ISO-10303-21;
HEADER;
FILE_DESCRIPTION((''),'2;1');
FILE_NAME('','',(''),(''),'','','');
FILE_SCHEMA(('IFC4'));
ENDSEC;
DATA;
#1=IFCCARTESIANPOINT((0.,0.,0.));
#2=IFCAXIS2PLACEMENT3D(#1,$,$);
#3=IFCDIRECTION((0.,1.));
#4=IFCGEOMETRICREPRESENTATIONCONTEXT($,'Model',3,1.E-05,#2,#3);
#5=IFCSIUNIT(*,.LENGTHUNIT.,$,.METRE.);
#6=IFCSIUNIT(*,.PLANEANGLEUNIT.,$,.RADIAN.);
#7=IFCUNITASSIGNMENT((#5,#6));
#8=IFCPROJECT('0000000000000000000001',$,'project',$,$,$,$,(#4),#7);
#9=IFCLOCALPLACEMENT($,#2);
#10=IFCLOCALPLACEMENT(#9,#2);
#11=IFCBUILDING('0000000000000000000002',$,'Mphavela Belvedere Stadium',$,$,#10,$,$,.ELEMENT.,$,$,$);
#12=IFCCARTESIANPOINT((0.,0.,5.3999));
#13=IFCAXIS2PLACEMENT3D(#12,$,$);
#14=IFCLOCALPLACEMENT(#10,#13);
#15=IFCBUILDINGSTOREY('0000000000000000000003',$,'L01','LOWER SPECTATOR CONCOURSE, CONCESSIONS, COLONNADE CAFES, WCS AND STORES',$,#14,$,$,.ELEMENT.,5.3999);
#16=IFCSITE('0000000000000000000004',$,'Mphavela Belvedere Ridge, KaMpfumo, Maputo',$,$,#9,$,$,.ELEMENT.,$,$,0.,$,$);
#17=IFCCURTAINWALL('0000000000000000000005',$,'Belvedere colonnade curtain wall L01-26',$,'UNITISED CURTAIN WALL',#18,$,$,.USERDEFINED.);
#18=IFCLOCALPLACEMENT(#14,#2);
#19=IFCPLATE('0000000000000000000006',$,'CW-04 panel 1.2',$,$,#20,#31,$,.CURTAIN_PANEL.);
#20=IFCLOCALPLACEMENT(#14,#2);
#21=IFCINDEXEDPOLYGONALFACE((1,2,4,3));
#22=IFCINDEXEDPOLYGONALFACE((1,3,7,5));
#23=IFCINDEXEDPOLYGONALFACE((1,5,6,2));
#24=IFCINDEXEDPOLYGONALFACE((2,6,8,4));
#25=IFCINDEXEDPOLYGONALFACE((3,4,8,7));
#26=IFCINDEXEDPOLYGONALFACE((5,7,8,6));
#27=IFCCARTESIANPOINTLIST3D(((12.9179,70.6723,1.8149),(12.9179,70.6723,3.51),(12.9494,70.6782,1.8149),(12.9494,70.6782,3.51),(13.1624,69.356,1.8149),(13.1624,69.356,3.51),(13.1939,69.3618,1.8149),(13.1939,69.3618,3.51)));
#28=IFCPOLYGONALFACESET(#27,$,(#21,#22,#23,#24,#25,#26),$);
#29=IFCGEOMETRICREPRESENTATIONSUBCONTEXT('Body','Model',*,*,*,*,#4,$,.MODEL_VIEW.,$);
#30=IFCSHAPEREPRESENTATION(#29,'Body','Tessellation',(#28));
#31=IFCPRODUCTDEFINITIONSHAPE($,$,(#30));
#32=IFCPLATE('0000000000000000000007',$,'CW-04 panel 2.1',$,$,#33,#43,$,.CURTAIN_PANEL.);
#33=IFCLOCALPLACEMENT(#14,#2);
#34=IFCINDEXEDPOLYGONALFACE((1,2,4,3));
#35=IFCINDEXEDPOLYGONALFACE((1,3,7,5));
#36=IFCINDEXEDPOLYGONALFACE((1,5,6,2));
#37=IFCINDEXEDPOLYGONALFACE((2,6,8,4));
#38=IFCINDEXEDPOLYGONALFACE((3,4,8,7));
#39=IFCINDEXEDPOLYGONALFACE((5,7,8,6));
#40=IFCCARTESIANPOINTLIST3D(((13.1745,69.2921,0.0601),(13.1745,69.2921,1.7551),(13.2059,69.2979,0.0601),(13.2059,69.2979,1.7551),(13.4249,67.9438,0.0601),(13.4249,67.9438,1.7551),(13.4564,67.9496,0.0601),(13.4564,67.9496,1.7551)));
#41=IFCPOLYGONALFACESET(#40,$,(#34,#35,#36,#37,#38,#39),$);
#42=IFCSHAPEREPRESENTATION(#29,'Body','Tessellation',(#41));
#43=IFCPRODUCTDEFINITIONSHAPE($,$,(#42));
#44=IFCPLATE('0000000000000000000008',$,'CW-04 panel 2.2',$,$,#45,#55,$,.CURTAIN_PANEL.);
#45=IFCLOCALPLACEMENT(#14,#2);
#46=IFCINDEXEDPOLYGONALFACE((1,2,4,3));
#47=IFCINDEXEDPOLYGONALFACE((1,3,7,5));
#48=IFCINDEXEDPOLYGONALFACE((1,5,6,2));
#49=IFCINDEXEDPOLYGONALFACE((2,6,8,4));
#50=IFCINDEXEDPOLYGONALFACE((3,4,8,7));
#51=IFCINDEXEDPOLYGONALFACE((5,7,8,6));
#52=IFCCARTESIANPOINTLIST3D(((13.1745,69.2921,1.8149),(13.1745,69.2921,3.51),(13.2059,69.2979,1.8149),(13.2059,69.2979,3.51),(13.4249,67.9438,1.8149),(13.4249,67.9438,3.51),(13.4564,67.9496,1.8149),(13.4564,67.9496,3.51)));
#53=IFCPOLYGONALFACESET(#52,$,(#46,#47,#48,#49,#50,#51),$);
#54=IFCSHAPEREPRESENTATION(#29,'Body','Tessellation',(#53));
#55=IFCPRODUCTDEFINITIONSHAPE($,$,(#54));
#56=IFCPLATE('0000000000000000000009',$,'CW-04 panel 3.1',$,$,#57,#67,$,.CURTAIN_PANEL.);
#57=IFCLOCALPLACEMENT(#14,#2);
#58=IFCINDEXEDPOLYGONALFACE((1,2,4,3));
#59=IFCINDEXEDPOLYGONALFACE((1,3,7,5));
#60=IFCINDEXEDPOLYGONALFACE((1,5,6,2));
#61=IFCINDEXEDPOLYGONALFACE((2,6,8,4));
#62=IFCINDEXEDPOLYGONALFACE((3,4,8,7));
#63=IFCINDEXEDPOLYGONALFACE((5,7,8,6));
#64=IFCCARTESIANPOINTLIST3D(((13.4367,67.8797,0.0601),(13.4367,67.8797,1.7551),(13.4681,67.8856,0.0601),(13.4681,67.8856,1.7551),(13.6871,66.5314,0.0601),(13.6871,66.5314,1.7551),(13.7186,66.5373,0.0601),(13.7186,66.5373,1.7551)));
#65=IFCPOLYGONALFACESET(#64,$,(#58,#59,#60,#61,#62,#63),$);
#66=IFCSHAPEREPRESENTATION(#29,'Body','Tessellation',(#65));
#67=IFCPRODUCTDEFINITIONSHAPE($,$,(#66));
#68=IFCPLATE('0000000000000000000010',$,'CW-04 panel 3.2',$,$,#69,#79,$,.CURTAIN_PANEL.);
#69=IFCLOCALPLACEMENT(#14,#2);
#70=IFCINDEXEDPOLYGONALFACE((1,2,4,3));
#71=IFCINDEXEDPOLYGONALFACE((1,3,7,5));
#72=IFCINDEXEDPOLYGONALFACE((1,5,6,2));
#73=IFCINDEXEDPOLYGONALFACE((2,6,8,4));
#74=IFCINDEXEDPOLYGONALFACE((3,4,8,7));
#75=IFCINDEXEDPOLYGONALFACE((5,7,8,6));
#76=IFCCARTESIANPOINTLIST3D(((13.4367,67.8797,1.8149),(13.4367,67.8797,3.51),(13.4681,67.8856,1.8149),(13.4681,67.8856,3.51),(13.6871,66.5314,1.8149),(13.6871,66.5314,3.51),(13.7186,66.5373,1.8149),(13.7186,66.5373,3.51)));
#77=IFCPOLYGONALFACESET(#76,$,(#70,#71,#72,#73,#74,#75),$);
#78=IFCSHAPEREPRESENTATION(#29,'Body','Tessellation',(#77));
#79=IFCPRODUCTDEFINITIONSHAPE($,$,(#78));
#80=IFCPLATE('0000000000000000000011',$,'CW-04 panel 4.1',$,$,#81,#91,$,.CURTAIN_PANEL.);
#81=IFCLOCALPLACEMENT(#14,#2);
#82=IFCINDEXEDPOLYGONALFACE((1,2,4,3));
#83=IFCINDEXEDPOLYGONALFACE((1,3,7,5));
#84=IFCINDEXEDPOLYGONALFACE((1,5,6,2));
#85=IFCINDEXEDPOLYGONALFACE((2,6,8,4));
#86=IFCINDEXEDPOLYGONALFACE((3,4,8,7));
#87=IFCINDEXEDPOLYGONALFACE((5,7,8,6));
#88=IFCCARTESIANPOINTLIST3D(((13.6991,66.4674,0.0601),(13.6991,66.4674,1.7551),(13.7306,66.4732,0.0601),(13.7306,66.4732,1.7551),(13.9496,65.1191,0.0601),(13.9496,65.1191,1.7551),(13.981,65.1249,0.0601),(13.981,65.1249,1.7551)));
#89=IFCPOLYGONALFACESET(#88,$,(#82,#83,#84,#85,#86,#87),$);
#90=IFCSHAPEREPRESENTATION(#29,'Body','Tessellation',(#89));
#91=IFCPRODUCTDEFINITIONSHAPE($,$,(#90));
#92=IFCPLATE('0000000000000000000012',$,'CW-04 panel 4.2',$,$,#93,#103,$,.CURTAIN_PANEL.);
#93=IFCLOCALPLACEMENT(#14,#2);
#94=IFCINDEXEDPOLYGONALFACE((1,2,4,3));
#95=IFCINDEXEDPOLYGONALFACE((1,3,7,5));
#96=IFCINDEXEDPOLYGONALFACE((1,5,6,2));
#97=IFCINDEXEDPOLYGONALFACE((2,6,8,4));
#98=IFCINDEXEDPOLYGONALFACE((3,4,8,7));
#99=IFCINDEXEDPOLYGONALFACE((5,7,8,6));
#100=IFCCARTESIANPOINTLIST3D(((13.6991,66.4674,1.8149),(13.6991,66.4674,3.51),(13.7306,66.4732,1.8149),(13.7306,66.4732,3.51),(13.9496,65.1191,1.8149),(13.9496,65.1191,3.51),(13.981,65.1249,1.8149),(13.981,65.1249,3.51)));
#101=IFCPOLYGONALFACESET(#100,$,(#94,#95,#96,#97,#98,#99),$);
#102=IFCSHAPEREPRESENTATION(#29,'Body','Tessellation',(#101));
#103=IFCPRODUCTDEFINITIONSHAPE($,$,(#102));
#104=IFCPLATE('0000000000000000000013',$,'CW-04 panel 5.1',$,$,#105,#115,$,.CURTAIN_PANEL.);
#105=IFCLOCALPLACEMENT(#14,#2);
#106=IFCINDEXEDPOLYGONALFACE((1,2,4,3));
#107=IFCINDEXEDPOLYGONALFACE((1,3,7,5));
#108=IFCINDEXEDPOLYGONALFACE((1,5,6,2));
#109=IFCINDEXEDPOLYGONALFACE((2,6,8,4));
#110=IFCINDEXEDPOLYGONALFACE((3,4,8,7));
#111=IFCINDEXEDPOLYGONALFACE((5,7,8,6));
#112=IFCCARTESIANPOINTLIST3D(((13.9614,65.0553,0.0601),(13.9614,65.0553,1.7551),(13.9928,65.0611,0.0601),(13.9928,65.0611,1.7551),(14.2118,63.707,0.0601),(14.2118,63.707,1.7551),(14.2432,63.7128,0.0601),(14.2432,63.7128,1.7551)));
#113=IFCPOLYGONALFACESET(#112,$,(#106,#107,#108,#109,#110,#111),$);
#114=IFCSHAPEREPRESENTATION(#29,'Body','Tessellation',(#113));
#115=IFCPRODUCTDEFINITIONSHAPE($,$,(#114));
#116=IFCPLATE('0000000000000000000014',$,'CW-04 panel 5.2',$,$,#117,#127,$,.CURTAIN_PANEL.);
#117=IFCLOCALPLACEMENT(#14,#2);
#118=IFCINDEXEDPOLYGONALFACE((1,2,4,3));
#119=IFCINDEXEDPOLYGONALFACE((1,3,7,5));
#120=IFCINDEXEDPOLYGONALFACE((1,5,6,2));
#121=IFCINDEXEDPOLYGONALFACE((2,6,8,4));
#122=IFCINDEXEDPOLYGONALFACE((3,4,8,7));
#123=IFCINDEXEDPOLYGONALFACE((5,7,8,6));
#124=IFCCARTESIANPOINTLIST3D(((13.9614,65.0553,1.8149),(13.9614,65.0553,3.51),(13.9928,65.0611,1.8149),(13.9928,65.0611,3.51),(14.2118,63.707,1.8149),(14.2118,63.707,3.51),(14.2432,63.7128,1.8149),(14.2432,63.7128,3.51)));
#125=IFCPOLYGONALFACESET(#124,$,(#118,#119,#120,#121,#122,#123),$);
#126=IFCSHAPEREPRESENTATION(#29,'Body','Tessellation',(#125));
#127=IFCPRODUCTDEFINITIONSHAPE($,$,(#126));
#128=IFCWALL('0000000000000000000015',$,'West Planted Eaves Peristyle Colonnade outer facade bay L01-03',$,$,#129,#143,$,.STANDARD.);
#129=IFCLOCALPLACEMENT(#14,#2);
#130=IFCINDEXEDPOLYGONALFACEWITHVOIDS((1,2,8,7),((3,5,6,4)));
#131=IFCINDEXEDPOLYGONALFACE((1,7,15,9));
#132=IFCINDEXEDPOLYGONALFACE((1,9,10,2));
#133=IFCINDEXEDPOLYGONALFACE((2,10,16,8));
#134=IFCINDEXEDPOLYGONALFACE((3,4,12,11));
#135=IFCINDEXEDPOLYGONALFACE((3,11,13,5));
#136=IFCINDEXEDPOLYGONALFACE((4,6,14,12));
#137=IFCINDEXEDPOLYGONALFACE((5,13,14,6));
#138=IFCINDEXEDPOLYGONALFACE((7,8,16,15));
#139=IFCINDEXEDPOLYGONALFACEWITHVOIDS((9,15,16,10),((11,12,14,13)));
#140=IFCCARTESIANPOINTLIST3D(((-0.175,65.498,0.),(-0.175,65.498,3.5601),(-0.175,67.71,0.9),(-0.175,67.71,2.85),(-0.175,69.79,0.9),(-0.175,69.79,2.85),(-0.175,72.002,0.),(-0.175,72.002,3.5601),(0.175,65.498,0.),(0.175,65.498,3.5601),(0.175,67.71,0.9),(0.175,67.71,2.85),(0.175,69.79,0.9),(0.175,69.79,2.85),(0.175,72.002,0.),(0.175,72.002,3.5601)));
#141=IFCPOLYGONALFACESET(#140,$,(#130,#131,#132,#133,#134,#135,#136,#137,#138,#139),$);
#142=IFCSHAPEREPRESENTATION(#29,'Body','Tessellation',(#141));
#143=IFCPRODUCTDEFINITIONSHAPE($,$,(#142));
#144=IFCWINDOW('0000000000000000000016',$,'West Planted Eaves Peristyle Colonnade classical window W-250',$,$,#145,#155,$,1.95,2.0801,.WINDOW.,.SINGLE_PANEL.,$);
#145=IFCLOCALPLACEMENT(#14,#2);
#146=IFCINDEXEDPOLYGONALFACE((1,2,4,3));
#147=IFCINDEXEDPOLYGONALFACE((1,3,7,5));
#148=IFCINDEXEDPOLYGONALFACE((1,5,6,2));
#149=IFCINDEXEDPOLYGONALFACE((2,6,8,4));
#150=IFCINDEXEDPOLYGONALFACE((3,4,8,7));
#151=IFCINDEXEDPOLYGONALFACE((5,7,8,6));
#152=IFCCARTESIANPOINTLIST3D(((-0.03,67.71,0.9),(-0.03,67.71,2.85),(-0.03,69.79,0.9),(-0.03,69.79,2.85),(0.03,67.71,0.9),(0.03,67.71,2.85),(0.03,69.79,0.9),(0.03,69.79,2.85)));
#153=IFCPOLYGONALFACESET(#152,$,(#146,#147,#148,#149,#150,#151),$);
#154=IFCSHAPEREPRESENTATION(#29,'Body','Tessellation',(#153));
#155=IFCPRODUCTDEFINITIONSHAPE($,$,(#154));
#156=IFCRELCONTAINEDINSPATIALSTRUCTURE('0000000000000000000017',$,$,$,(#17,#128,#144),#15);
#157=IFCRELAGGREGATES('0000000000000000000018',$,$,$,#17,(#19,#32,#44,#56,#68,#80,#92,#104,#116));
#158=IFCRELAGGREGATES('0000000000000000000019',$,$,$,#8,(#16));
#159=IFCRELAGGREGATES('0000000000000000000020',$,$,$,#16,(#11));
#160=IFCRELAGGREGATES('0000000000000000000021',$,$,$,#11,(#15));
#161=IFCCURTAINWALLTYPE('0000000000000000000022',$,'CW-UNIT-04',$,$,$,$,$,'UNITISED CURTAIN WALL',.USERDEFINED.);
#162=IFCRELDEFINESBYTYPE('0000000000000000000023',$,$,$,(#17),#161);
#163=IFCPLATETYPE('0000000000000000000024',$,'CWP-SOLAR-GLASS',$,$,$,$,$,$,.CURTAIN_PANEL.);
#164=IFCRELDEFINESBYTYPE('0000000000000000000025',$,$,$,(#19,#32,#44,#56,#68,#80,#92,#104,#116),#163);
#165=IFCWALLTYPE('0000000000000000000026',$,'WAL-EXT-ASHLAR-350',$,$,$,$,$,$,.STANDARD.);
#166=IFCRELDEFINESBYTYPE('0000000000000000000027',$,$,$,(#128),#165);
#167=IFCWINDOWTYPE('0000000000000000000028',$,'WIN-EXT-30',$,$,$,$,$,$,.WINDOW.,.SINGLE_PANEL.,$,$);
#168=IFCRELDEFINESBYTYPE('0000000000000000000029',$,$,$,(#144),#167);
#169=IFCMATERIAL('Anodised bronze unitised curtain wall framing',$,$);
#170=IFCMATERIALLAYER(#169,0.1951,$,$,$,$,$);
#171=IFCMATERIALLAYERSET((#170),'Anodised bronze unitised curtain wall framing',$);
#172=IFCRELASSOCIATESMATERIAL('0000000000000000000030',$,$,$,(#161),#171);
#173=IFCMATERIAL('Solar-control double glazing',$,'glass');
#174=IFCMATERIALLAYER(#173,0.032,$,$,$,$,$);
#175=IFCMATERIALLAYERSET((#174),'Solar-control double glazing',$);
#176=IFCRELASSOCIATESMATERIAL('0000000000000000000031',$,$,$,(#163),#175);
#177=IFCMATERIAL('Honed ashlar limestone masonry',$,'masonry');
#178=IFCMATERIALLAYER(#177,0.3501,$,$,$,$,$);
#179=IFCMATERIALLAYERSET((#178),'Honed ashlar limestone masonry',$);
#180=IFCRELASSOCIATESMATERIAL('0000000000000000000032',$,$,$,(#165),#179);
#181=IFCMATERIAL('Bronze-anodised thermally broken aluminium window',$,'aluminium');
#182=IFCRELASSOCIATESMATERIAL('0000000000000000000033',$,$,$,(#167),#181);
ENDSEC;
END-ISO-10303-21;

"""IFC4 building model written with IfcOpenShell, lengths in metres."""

from ifc_helpers import new_model, si_unit, direction, frame, frame_2d, origin, origin_2d, place, context, subcontext, project, spatial, rectangle, extrude, material, layer, layer_set, type_object, element, fill, aggregate, save


model = new_model("IFC4")

# Units and contexts
model_context = context("Model", 3, precision=1e-05, world=origin(), true_north=direction((0.0, 1.0)))
body_context = subcontext(model_context, "Body", "Model", "MODEL_VIEW")
ifc_project = project(units=[si_unit("LENGTHUNIT", "METRE"), si_unit("PLANEANGLEUNIT", "RADIAN")], contexts=[model_context])

# Site, building, storey
site_placement = place(None, origin())
site = spatial("IfcSite", under=ifc_project, at=site_placement, Name="Mphavela Belvedere Ridge, KaMpfumo, Maputo", CompositionType="ELEMENT", RefElevation=0.0)
building_placement = place(site_placement, origin())
building = spatial("IfcBuilding", under=site, at=building_placement, Name="Mphavela Belvedere Stadium", CompositionType="ELEMENT")
storey_placement = place(building_placement, frame((0.0, 0.0, 5.3999)))
storey = spatial("IfcBuildingStorey", under=building, at=storey_placement, Name="L01", Description="LOWER SPECTATOR CONCOURSE, CONCESSIONS, COLONNADE CAFES, WCS AND STORES", CompositionType="ELEMENT", Elevation=5.3999)

# Curtain wall, plates
ifc_material_1 = material(Name="Anodised bronze unitised curtain wall framing")
ifc_layer_1 = layer(ifc_material_1, 0.1951)
ifc_layer_set_1 = layer_set([ifc_layer_1], Name="Anodised bronze unitised curtain wall framing")
curtain_wall_type = type_object("IfcCurtainWallType", Name="CW-UNIT-04", ElementType="UNITISED CURTAIN WALL", PredefinedType="USERDEFINED", material=ifc_layer_set_1)
curtain_wall_placement = place(storey_placement, origin())
curtain_wall = element("IfcCurtainWall", 1, at=curtain_wall_placement, inside=storey, type_object=curtain_wall_type, Name="Belvedere colonnade curtain wall L01-26", ObjectType="UNITISED CURTAIN WALL", PredefinedType="USERDEFINED")
ifc_material_2 = material(Name="Solar-control double glazing", Category="glass")
ifc_layer_2 = layer(ifc_material_2, 0.032)
ifc_layer_set_2 = layer_set([ifc_layer_2], Name="Solar-control double glazing")
plate_type = type_object("IfcPlateType", Name="CWP-SOLAR-GLASS", PredefinedType="CURTAIN_PANEL", material=ifc_layer_set_2)
plate_1_placement = place(storey_placement, frame((13.0559, 70.0171, 1.8149), z_axis=(0.0, 0.0, 1.0), x_axis=(0.18262, -0.983184, 0.0)))
plate_1 = element("IfcPlate", 2, at=plate_1_placement, type_object=plate_type, Name="CW-04 panel 1.2", PredefinedType="CURTAIN_PANEL", context=body_context, shape_type="SweptSolid", body=[
    extrude(rectangle(XDim=1.3389, YDim=0.032, at=origin_2d()), origin(), (0.0, 0.0, 1.0), 1.6951),
])
plate_2_placement = place(storey_placement, frame((13.3154, 68.6208, 0.0601), z_axis=(0.0, 0.0, 1.0), x_axis=(0.18262, -0.983184, 0.0)))
plate_2 = element("IfcPlate", 3, at=plate_2_placement, type_object=plate_type, Name="CW-04 panel 2.1", PredefinedType="CURTAIN_PANEL", context=body_context, shape_type="SweptSolid", body=[
    extrude(rectangle(XDim=1.3713, YDim=0.032, at=origin_2d()), origin(), (0.0, 0.0, 1.0), 1.6951),
])
plate_3_placement = place(storey_placement, frame((13.3154, 68.6208, 1.8149), z_axis=(0.0, 0.0, 1.0), x_axis=(0.18262, -0.983184, 0.0)))
plate_3 = element("IfcPlate", 4, at=plate_3_placement, type_object=plate_type, Name="CW-04 panel 2.2", PredefinedType="CURTAIN_PANEL", context=body_context, shape_type="SweptSolid", body=[
    extrude(rectangle(XDim=1.3713, YDim=0.032, at=origin_2d()), origin(), (0.0, 0.0, 1.0), 1.6951),
])
plate_4_placement = place(storey_placement, frame((13.5776, 67.2085, 0.0601), z_axis=(0.0, 0.0, 1.0), x_axis=(0.18262, -0.983184, 0.0)))
plate_4 = element("IfcPlate", 5, at=plate_4_placement, type_object=plate_type, Name="CW-04 panel 3.1", PredefinedType="CURTAIN_PANEL", context=body_context, shape_type="SweptSolid", body=[
    extrude(rectangle(XDim=1.3713, YDim=0.032, at=origin_2d()), origin(), (0.0, 0.0, 1.0), 1.6951),
])
plate_5_placement = place(storey_placement, frame((13.5776, 67.2085, 1.8149), z_axis=(0.0, 0.0, 1.0), x_axis=(0.18262, -0.983184, 0.0)))
plate_5 = element("IfcPlate", 6, at=plate_5_placement, type_object=plate_type, Name="CW-04 panel 3.2", PredefinedType="CURTAIN_PANEL", context=body_context, shape_type="SweptSolid", body=[
    extrude(rectangle(XDim=1.3713, YDim=0.032, at=origin_2d()), origin(), (0.0, 0.0, 1.0), 1.6951),
])
plate_6_placement = place(storey_placement, frame((13.8401, 65.7961, 0.0601), z_axis=(0.0, 0.0, 1.0), x_axis=(0.18262, -0.983184, 0.0)))
plate_6 = element("IfcPlate", 7, at=plate_6_placement, type_object=plate_type, Name="CW-04 panel 4.1", PredefinedType="CURTAIN_PANEL", context=body_context, shape_type="SweptSolid", body=[
    extrude(rectangle(XDim=1.3713, YDim=0.032, at=origin_2d()), origin(), (0.0, 0.0, 1.0), 1.6951),
])
plate_7_placement = place(storey_placement, frame((13.8401, 65.7961, 1.8149), z_axis=(0.0, 0.0, 1.0), x_axis=(0.18262, -0.983184, 0.0)))
plate_7 = element("IfcPlate", 8, at=plate_7_placement, type_object=plate_type, Name="CW-04 panel 4.2", PredefinedType="CURTAIN_PANEL", context=body_context, shape_type="SweptSolid", body=[
    extrude(rectangle(XDim=1.3713, YDim=0.032, at=origin_2d()), origin(), (0.0, 0.0, 1.0), 1.6951),
])
plate_8_placement = place(storey_placement, frame((14.1023, 64.384, 0.0601), z_axis=(0.0, 0.0, 1.0), x_axis=(0.18262, -0.983184, 0.0)))
plate_8 = element("IfcPlate", 9, at=plate_8_placement, type_object=plate_type, Name="CW-04 panel 5.1", PredefinedType="CURTAIN_PANEL", context=body_context, shape_type="SweptSolid", body=[
    extrude(rectangle(XDim=1.3713, YDim=0.032, at=origin_2d()), origin(), (0.0, 0.0, 1.0), 1.6951),
])
plate_9_placement = place(storey_placement, frame((14.1023, 64.384, 1.8149), z_axis=(0.0, 0.0, 1.0), x_axis=(0.18262, -0.983184, 0.0)))
plate_9 = element("IfcPlate", 10, at=plate_9_placement, type_object=plate_type, Name="CW-04 panel 5.2", PredefinedType="CURTAIN_PANEL", context=body_context, shape_type="SweptSolid", body=[
    extrude(rectangle(XDim=1.3713, YDim=0.032, at=origin_2d()), origin(), (0.0, 0.0, 1.0), 1.6951),
])
aggregate(curtain_wall, [plate_1, plate_2, plate_3, plate_4, plate_5, plate_6, plate_7, plate_8, plate_9])

# Wall, opening, window
ifc_material_3 = material(Name="Honed ashlar limestone masonry", Category="masonry")
ifc_layer_3 = layer(ifc_material_3, 0.3501)
ifc_layer_set_3 = layer_set([ifc_layer_3], Name="Honed ashlar limestone masonry")
wall_type = type_object("IfcWallType", Name="WAL-EXT-ASHLAR-350", PredefinedType="STANDARD", material=ifc_layer_set_3)
wall_placement = place(storey_placement, frame((0.0, 65.498, 0.0), z_axis=(0.0, 0.0, 1.0), x_axis=(0.0, 1.0, 0.0)))
wall = element("IfcWall", 11, at=wall_placement, inside=storey, type_object=wall_type, Name="West Planted Eaves Peristyle Colonnade outer facade bay L01-03", PredefinedType="STANDARD", context=body_context, shape_type="SweptSolid", body=[
    extrude(rectangle(XDim=6.5039, YDim=0.3501, at=frame_2d((3.252, 0.0))), origin(), (0.0, 0.0, 1.0), 3.5601),
])
opening_placement = place(wall_placement, frame((2.2119, 0.0, 0.8999)))
opening = element("IfcOpeningElement", 12, at=opening_placement, cuts=wall, PredefinedType="OPENING", context=body_context, shape_type="SweptSolid", body=[
    extrude(rectangle(XDim=2.0801, YDim=1.95, at=frame_2d((1.04, 0.9751))), frame((0.0, 0.1851, 0.0), z_axis=(0.0, -1.0, 0.0), x_axis=(1.0, 0.0, 0.0)), (0.0, 0.0, 1.0), 0.3701),
])
ifc_material_4 = material(Name="Bronze-anodised thermally broken aluminium window", Category="aluminium")
window_type = type_object("IfcWindowType", Name="WIN-EXT-30", PartitioningType="SINGLE_PANEL", PredefinedType="WINDOW", material=ifc_material_4)
window_placement = place(opening_placement, origin())
window = element("IfcWindow", 13, at=window_placement, inside=storey, type_object=window_type, Name="West Planted Eaves Peristyle Colonnade classical window W-250", OverallHeight=1.95, OverallWidth=2.0801, PartitioningType="SINGLE_PANEL", PredefinedType="WINDOW", context=body_context, shape_type="SweptSolid", body=[
    extrude(rectangle(XDim=2.0801, YDim=1.95, at=frame_2d((1.04, 0.9751))), frame((0.0, 0.03, 0.0), z_axis=(0.0, -1.0, 0.0), x_axis=(1.0, 0.0, 0.0)), (0.0, 0.0, 1.0), 0.0601),
])
fill(opening, window)

save(model, "model.ifc")
